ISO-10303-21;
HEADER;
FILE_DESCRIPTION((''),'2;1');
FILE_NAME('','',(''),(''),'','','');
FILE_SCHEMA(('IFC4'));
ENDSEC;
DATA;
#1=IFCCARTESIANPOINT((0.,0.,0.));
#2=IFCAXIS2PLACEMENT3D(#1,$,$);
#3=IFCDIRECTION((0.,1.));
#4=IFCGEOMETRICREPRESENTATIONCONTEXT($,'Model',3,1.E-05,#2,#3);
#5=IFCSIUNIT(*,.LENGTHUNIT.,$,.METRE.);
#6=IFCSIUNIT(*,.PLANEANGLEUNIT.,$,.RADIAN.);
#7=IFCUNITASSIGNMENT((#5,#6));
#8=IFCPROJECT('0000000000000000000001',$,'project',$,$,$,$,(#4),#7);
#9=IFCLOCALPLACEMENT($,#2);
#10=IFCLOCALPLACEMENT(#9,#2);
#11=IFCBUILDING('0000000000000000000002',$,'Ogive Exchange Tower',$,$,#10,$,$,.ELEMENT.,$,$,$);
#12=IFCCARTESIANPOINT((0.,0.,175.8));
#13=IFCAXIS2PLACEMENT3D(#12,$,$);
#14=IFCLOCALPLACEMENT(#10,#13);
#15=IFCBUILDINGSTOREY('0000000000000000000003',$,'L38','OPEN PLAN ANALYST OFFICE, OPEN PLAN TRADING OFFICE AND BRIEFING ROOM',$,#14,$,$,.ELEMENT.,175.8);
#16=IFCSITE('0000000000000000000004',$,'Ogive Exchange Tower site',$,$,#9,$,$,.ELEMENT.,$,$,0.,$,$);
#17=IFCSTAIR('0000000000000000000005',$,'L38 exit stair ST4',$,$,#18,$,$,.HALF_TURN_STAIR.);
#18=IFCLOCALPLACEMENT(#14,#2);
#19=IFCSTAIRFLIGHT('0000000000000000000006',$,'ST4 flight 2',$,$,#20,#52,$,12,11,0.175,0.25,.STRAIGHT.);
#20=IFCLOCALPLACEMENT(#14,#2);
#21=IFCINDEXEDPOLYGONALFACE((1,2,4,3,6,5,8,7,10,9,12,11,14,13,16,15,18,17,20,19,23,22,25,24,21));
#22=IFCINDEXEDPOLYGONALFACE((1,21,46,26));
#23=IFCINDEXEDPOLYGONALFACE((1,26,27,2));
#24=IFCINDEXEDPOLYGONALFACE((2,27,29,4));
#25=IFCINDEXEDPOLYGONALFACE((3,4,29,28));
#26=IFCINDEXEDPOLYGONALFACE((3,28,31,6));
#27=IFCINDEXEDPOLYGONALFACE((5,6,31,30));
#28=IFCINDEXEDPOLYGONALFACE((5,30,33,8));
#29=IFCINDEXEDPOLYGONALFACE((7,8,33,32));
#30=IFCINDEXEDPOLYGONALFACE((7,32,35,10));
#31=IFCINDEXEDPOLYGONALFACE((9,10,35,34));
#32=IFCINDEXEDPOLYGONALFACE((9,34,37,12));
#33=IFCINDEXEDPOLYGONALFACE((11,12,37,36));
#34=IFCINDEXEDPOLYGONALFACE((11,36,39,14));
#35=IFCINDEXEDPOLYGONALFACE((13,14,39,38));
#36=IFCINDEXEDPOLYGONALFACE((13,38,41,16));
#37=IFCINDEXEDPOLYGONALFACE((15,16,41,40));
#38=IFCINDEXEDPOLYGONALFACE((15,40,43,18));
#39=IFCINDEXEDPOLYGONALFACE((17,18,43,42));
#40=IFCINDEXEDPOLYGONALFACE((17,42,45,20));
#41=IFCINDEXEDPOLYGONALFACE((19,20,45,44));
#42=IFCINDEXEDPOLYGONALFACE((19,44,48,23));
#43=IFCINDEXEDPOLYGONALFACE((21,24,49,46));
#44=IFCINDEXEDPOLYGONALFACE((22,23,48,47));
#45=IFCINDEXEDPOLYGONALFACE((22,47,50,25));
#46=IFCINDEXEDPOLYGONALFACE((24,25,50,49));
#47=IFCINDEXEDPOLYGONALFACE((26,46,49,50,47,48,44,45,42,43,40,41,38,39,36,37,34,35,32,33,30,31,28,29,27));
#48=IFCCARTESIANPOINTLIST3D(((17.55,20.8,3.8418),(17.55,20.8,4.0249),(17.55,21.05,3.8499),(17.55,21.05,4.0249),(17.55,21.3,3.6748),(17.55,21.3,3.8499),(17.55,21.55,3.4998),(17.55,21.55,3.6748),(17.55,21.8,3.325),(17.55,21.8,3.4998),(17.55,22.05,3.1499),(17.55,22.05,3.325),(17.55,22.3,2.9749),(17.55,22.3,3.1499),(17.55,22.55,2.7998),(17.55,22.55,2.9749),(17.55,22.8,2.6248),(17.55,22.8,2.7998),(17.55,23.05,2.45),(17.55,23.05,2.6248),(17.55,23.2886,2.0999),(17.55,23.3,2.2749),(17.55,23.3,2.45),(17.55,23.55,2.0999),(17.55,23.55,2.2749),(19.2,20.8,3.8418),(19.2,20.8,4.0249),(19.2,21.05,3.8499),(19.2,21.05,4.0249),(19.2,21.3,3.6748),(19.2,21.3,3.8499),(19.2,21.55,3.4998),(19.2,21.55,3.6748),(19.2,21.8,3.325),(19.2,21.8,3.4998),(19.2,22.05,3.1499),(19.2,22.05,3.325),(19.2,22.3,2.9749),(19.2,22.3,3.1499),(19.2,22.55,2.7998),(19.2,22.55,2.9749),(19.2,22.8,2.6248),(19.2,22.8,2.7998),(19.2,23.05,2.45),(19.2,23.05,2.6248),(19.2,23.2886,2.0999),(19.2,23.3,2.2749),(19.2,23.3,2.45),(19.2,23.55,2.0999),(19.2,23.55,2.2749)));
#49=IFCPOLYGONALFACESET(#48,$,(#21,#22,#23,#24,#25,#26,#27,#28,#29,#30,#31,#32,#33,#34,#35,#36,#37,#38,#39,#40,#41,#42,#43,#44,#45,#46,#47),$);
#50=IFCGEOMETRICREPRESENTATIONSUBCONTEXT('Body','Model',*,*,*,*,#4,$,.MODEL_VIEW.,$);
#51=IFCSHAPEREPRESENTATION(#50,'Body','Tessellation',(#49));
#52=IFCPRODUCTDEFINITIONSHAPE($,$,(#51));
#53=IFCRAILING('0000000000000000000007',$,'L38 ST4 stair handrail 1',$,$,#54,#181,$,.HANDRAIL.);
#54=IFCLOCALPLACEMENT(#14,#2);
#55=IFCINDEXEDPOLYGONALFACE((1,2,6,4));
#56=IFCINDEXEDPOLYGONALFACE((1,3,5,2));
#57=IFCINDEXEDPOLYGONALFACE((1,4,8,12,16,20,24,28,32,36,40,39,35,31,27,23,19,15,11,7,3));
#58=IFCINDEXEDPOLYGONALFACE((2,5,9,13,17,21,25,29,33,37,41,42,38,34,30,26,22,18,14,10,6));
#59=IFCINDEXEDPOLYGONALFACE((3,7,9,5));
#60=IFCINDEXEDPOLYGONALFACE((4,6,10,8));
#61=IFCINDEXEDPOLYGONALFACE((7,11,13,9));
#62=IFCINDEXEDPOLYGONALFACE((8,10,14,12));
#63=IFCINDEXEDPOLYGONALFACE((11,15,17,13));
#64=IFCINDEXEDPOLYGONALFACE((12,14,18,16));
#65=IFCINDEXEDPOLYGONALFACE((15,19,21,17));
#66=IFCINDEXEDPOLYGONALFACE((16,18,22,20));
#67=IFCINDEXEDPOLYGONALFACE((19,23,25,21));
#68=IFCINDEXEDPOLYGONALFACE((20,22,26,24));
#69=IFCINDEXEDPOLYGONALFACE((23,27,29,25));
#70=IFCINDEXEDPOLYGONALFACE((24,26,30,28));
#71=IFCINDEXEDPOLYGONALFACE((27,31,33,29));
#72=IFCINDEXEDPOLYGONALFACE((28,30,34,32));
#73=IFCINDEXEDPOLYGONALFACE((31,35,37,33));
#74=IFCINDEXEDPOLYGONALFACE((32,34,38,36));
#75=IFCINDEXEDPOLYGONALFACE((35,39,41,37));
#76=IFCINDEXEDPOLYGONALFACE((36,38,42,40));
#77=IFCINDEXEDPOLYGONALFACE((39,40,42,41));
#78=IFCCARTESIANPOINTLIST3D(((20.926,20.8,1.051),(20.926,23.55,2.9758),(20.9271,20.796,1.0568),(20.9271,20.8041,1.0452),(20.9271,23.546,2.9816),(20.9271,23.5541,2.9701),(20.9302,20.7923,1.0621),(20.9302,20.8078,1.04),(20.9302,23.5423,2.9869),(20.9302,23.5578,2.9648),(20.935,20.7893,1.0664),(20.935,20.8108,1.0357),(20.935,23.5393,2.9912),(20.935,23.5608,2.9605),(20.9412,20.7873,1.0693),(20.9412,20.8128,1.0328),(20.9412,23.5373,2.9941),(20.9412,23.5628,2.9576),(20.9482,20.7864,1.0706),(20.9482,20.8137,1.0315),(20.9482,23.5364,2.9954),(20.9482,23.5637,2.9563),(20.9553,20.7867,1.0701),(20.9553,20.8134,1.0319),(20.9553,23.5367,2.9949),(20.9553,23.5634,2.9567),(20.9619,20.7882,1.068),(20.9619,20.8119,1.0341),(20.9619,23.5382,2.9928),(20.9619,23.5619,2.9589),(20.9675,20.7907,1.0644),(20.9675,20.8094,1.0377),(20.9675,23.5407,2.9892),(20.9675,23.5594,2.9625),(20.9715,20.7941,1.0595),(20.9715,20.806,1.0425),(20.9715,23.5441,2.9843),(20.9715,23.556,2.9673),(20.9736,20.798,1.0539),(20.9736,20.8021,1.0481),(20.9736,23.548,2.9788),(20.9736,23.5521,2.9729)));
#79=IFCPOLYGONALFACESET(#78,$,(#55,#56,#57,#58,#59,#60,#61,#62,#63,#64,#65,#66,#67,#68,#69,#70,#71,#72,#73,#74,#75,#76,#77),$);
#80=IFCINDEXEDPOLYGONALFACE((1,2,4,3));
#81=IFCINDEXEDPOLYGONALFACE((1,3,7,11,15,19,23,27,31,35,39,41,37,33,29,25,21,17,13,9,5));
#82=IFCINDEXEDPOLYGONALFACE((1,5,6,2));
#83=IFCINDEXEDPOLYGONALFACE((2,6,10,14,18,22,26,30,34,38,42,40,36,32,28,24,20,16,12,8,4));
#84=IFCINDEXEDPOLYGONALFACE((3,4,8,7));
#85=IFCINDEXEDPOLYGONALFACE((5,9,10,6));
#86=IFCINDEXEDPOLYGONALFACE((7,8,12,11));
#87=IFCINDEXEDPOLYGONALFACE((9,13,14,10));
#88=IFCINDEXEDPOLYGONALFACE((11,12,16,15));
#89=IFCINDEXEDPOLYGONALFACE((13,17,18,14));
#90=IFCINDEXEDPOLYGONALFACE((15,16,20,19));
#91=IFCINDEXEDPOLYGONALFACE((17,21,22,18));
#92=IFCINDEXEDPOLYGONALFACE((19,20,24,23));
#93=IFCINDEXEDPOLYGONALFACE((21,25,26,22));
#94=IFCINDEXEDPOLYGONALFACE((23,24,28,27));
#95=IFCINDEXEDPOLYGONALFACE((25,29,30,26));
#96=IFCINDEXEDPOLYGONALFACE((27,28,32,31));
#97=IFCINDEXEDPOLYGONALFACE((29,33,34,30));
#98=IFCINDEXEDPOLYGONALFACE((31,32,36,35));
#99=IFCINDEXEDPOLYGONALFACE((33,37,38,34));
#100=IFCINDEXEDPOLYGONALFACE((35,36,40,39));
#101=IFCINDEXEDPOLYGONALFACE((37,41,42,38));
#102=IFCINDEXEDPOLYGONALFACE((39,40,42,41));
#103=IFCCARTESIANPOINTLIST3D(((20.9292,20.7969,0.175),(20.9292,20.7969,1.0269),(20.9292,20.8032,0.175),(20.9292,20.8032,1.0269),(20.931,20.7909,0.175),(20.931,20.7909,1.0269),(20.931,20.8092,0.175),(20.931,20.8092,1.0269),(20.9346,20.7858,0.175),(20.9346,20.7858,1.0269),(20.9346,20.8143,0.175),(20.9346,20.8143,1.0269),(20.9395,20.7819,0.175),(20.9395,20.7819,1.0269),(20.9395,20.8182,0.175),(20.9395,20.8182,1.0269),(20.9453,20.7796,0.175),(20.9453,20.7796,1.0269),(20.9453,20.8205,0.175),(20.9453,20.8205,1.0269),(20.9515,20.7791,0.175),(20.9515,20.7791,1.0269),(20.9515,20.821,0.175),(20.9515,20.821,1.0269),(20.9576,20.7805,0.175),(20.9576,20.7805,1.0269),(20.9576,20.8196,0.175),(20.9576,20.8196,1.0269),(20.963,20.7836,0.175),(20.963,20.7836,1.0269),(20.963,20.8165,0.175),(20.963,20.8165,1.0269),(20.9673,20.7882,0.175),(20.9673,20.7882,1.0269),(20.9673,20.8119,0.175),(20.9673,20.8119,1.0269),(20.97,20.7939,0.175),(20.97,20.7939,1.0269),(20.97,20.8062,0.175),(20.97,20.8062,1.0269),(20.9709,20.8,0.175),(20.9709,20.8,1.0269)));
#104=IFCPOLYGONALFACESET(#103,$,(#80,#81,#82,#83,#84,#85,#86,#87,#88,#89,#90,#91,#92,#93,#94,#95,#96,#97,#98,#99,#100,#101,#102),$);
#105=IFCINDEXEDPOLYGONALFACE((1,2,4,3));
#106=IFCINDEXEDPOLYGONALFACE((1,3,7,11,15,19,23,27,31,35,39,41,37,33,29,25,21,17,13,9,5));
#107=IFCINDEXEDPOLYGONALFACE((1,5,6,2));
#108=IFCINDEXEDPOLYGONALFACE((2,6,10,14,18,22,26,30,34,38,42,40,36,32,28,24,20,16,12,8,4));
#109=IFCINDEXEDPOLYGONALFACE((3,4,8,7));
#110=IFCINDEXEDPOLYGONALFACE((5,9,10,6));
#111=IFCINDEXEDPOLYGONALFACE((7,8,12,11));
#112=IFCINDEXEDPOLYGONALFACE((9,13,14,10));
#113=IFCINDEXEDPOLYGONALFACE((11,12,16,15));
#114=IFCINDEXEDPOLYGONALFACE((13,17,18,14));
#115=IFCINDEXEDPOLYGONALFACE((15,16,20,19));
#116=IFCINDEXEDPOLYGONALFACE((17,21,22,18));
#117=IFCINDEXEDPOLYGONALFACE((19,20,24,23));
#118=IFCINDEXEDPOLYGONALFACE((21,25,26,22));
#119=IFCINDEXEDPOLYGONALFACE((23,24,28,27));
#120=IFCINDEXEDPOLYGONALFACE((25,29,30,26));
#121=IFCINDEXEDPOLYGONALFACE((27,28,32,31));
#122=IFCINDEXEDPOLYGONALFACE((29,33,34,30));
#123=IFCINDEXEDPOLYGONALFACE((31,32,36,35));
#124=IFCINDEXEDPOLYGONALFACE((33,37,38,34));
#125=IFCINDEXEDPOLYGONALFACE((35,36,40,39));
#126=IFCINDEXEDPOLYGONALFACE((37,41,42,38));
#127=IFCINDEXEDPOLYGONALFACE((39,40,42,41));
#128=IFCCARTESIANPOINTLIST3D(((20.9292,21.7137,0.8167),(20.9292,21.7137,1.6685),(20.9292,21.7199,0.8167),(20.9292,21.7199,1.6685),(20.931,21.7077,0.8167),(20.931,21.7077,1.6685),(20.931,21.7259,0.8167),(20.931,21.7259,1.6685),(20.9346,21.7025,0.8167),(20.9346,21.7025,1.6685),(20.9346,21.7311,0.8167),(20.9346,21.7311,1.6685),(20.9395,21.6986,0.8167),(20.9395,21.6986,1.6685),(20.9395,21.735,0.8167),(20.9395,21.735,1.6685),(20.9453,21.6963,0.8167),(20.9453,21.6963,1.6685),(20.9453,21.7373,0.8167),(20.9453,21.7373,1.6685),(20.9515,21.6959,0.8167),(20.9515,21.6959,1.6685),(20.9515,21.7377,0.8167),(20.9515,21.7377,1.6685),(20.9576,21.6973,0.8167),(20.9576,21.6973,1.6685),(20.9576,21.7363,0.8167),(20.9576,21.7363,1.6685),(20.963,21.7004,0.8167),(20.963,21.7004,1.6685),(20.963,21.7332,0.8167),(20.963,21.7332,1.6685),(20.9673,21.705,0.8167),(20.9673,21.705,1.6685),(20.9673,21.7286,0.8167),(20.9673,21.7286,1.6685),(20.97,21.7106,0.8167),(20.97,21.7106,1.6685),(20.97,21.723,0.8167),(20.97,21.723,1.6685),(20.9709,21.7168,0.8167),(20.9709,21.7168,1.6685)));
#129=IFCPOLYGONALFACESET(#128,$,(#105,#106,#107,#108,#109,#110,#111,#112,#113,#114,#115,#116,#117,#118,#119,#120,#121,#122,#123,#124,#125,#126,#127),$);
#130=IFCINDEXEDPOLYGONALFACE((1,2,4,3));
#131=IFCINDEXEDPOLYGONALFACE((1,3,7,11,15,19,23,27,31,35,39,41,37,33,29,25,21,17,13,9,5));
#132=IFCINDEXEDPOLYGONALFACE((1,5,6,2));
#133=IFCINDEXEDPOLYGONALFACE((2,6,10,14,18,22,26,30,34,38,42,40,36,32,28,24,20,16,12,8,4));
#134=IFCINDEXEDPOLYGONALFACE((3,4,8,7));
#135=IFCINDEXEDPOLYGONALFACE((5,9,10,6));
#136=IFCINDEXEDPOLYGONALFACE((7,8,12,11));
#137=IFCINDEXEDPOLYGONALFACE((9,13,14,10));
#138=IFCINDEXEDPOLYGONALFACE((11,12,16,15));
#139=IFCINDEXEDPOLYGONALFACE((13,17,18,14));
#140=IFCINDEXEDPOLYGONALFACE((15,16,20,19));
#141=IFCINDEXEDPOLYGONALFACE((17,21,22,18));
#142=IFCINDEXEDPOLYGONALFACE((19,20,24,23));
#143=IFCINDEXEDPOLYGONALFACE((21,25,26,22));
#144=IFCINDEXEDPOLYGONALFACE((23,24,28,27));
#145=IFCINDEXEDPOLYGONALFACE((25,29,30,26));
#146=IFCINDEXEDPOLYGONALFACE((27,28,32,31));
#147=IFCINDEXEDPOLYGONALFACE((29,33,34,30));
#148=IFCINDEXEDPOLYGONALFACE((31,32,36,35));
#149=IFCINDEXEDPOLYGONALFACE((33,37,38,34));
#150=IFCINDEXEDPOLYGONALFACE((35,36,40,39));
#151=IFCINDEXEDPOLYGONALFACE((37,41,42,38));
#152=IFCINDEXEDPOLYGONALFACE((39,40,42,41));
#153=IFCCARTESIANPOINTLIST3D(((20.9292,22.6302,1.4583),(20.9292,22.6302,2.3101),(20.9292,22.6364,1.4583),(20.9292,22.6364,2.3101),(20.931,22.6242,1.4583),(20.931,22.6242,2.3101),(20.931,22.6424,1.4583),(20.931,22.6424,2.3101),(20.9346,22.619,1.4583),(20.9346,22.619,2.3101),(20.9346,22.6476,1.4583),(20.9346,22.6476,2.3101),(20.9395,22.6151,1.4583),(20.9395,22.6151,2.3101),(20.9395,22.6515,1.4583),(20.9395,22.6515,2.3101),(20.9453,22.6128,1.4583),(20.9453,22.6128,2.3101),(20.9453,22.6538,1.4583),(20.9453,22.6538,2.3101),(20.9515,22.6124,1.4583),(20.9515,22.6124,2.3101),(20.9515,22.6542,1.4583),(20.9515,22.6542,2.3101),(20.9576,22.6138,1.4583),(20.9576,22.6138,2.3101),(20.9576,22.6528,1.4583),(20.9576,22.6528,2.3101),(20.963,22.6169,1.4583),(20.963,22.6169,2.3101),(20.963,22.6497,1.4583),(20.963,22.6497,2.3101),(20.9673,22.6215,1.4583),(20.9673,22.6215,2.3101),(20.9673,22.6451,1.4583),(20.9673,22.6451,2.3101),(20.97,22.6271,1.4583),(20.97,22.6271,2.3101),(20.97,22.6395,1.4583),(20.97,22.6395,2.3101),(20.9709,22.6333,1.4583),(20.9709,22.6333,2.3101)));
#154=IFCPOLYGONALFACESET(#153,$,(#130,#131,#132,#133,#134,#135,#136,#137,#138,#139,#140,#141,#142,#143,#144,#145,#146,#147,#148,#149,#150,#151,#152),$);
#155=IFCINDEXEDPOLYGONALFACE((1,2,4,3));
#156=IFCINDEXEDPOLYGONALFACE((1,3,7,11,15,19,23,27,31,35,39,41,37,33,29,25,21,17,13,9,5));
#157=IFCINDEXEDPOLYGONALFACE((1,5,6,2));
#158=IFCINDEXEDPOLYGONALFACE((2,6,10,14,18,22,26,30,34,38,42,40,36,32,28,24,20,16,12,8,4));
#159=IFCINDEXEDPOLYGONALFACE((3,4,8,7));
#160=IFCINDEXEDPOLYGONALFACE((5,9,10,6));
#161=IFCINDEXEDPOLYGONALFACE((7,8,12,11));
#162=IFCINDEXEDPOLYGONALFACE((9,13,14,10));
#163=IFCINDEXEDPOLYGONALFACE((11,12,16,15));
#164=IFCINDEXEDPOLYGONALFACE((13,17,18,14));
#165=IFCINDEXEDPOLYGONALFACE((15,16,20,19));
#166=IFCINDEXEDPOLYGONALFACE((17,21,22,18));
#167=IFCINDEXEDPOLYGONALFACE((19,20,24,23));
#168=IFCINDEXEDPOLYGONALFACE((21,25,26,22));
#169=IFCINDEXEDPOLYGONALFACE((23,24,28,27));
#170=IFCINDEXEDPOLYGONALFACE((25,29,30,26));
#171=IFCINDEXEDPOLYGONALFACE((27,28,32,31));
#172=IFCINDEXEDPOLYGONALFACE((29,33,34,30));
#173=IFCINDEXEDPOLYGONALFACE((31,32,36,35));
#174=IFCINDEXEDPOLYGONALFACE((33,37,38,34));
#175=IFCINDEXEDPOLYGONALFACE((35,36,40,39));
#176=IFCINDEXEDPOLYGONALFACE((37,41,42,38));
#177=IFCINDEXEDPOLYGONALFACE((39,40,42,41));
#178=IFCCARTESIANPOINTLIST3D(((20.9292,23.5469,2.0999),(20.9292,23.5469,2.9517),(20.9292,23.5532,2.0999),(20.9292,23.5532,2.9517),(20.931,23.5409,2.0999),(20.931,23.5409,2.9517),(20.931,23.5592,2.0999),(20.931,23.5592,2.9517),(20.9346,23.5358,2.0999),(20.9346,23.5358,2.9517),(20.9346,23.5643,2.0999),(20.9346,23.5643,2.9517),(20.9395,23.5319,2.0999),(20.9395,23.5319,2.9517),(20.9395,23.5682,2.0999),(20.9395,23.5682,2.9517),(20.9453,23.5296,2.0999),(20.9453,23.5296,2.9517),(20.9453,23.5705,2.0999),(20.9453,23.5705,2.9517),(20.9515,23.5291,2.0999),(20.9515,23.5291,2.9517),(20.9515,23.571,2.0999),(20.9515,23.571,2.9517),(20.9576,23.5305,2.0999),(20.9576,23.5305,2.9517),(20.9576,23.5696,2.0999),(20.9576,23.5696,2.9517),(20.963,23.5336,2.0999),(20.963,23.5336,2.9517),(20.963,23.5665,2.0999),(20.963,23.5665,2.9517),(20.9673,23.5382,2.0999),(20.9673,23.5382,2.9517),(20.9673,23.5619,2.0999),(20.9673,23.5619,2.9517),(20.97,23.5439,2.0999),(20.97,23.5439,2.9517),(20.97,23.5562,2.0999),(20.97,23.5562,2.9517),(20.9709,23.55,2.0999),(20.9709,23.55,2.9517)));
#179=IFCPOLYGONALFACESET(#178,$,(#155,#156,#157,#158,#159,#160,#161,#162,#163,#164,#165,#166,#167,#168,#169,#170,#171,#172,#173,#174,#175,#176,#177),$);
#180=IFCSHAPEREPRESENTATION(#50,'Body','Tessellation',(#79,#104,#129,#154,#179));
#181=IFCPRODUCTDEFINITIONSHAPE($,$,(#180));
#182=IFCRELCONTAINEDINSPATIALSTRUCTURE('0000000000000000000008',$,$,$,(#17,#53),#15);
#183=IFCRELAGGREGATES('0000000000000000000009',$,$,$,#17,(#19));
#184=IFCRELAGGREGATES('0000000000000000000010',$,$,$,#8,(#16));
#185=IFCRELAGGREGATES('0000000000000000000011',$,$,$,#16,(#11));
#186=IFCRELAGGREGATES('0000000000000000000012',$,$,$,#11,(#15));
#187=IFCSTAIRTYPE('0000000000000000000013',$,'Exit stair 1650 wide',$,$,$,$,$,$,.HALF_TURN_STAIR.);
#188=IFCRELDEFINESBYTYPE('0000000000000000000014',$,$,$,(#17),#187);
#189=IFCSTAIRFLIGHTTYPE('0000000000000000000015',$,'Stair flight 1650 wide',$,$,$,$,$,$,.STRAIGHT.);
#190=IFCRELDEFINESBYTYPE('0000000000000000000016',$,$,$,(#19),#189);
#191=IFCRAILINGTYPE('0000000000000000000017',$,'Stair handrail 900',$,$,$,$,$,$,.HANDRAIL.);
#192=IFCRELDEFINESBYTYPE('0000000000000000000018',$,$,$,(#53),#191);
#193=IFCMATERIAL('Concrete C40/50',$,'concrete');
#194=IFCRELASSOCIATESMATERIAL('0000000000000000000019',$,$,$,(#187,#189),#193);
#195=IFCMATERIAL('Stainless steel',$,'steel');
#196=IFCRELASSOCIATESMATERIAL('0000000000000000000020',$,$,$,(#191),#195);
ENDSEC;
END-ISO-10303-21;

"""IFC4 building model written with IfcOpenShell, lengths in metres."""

from ifc_helpers import new_model, si_unit, direction, frame, origin, origin_2d, place, context, subcontext, project, spatial, polyline, circle, outline, extrude, material, type_object, element, aggregate, save


model = new_model("IFC4")

# Units and contexts
model_context = context("Model", 3, precision=1e-05, world=origin(), true_north=direction((0.0, 1.0)))
body_context = subcontext(model_context, "Body", "Model", "MODEL_VIEW")
ifc_project = project(units=[si_unit("LENGTHUNIT", "METRE"), si_unit("PLANEANGLEUNIT", "RADIAN")], contexts=[model_context])

# Site, building, storey
site_placement = place(None, origin())
site = spatial("IfcSite", under=ifc_project, at=site_placement, Name="Ogive Exchange Tower site", CompositionType="ELEMENT", RefElevation=0.0)
building_placement = place(site_placement, origin())
building = spatial("IfcBuilding", under=site, at=building_placement, Name="Ogive Exchange Tower", CompositionType="ELEMENT")
storey_placement = place(building_placement, frame((0.0, 0.0, 175.8)))
storey = spatial("IfcBuildingStorey", under=building, at=storey_placement, Name="L38", Description="OPEN PLAN ANALYST OFFICE, OPEN PLAN TRADING OFFICE AND BRIEFING ROOM", CompositionType="ELEMENT", Elevation=175.8)

# Stair, stair flight
ifc_material_1 = material(Name="Concrete C40/50", Category="concrete")
stair_type = type_object("IfcStairType", Name="Exit stair 1650 wide", PredefinedType="HALF_TURN_STAIR", material=ifc_material_1)
stair_placement = place(storey_placement, origin())
stair = element("IfcStair", 1, at=stair_placement, inside=storey, type_object=stair_type, Name="L38 exit stair ST4", PredefinedType="HALF_TURN_STAIR")
stair_flight_type = type_object("IfcStairFlightType", Name="Stair flight 1650 wide", PredefinedType="STRAIGHT", material=ifc_material_1)
stair_flight_1_placement = place(storey_placement, frame((18.375, 23.55, 2.0999), z_axis=(0.0, 0.0, 1.0), x_axis=(0.0, -1.0, 0.0)))
stair_flight_1 = element("IfcStairFlight", 2, at=stair_flight_1_placement, type_object=stair_flight_type, Name="ST4 flight 2", NumberOfRisers=12, NumberOfTreads=11, PredefinedType="STRAIGHT", RiserHeight=0.175, TreadLength=0.25, context=body_context, shape_type="SweptSolid", body=[
    extrude(outline(polyline([(0.0, 0.0), (0.0, 0.175), (0.25, 0.175), (0.25, 0.3501), (0.5, 0.3501), (0.5, 0.5249), (0.75, 0.5249), (0.75, 0.7), (1.0, 0.7), (1.0, 0.875), (1.25, 0.875), (1.25, 1.05), (1.5, 1.05), (1.5, 1.2251), (1.75, 1.2251), (1.75, 1.3999), (2.0, 1.3999), (2.0, 1.575), (2.25, 1.575), (2.25, 1.75), (2.5, 1.75), (2.5, 1.925), (2.75, 1.925), (2.75, 2.1001), (2.75, 1.7419), (0.2615, 0.0), (0.0, 0.0)])), frame((0.0, 0.825, 0.0), z_axis=(0.0, -1.0, 0.0), x_axis=(1.0, 0.0, 0.0)), (0.0, 0.0, 1.0), 1.6499),
])
aggregate(stair, [stair_flight_1])

# Railing
ifc_material_2 = material(Name="Stainless steel", Category="steel")
railing_type = type_object("IfcRailingType", Name="Stair handrail 900", PredefinedType="HANDRAIL", material=ifc_material_2)
railing_placement = place(storey_placement, frame((20.95, 20.8, 0.175)))
element("IfcRailing", 3, at=railing_placement, inside=storey, type_object=railing_type, Name="L38 ST4 stair handrail 1", PredefinedType="HANDRAIL", context=body_context, shape_type="SweptSolid", body=[
    extrude(circle(Radius=0.0239, at=origin_2d()), frame((0.0, 0.0, 0.876), z_axis=(0.0, 0.819259, 0.573423), x_axis=(-1.0, 0.0, 0.0)), (0.0, 0.0, 1.0), 3.3567),
    extrude(circle(Radius=0.021, at=origin_2d()), origin(), (0.0, 0.0, 1.0), 0.8518),
    extrude(circle(Radius=0.021, at=origin_2d()), frame((0.0, 0.9167, 0.6416)), (0.0, 0.0, 1.0), 0.8518),
    extrude(circle(Radius=0.021, at=origin_2d()), frame((0.0, 1.8333, 1.2832)), (0.0, 0.0, 1.0), 0.8518),
    extrude(circle(Radius=0.021, at=origin_2d()), frame((0.0, 2.75, 1.9248)), (0.0, 0.0, 1.0), 0.8518),
])

save(model, "model.ifc")
